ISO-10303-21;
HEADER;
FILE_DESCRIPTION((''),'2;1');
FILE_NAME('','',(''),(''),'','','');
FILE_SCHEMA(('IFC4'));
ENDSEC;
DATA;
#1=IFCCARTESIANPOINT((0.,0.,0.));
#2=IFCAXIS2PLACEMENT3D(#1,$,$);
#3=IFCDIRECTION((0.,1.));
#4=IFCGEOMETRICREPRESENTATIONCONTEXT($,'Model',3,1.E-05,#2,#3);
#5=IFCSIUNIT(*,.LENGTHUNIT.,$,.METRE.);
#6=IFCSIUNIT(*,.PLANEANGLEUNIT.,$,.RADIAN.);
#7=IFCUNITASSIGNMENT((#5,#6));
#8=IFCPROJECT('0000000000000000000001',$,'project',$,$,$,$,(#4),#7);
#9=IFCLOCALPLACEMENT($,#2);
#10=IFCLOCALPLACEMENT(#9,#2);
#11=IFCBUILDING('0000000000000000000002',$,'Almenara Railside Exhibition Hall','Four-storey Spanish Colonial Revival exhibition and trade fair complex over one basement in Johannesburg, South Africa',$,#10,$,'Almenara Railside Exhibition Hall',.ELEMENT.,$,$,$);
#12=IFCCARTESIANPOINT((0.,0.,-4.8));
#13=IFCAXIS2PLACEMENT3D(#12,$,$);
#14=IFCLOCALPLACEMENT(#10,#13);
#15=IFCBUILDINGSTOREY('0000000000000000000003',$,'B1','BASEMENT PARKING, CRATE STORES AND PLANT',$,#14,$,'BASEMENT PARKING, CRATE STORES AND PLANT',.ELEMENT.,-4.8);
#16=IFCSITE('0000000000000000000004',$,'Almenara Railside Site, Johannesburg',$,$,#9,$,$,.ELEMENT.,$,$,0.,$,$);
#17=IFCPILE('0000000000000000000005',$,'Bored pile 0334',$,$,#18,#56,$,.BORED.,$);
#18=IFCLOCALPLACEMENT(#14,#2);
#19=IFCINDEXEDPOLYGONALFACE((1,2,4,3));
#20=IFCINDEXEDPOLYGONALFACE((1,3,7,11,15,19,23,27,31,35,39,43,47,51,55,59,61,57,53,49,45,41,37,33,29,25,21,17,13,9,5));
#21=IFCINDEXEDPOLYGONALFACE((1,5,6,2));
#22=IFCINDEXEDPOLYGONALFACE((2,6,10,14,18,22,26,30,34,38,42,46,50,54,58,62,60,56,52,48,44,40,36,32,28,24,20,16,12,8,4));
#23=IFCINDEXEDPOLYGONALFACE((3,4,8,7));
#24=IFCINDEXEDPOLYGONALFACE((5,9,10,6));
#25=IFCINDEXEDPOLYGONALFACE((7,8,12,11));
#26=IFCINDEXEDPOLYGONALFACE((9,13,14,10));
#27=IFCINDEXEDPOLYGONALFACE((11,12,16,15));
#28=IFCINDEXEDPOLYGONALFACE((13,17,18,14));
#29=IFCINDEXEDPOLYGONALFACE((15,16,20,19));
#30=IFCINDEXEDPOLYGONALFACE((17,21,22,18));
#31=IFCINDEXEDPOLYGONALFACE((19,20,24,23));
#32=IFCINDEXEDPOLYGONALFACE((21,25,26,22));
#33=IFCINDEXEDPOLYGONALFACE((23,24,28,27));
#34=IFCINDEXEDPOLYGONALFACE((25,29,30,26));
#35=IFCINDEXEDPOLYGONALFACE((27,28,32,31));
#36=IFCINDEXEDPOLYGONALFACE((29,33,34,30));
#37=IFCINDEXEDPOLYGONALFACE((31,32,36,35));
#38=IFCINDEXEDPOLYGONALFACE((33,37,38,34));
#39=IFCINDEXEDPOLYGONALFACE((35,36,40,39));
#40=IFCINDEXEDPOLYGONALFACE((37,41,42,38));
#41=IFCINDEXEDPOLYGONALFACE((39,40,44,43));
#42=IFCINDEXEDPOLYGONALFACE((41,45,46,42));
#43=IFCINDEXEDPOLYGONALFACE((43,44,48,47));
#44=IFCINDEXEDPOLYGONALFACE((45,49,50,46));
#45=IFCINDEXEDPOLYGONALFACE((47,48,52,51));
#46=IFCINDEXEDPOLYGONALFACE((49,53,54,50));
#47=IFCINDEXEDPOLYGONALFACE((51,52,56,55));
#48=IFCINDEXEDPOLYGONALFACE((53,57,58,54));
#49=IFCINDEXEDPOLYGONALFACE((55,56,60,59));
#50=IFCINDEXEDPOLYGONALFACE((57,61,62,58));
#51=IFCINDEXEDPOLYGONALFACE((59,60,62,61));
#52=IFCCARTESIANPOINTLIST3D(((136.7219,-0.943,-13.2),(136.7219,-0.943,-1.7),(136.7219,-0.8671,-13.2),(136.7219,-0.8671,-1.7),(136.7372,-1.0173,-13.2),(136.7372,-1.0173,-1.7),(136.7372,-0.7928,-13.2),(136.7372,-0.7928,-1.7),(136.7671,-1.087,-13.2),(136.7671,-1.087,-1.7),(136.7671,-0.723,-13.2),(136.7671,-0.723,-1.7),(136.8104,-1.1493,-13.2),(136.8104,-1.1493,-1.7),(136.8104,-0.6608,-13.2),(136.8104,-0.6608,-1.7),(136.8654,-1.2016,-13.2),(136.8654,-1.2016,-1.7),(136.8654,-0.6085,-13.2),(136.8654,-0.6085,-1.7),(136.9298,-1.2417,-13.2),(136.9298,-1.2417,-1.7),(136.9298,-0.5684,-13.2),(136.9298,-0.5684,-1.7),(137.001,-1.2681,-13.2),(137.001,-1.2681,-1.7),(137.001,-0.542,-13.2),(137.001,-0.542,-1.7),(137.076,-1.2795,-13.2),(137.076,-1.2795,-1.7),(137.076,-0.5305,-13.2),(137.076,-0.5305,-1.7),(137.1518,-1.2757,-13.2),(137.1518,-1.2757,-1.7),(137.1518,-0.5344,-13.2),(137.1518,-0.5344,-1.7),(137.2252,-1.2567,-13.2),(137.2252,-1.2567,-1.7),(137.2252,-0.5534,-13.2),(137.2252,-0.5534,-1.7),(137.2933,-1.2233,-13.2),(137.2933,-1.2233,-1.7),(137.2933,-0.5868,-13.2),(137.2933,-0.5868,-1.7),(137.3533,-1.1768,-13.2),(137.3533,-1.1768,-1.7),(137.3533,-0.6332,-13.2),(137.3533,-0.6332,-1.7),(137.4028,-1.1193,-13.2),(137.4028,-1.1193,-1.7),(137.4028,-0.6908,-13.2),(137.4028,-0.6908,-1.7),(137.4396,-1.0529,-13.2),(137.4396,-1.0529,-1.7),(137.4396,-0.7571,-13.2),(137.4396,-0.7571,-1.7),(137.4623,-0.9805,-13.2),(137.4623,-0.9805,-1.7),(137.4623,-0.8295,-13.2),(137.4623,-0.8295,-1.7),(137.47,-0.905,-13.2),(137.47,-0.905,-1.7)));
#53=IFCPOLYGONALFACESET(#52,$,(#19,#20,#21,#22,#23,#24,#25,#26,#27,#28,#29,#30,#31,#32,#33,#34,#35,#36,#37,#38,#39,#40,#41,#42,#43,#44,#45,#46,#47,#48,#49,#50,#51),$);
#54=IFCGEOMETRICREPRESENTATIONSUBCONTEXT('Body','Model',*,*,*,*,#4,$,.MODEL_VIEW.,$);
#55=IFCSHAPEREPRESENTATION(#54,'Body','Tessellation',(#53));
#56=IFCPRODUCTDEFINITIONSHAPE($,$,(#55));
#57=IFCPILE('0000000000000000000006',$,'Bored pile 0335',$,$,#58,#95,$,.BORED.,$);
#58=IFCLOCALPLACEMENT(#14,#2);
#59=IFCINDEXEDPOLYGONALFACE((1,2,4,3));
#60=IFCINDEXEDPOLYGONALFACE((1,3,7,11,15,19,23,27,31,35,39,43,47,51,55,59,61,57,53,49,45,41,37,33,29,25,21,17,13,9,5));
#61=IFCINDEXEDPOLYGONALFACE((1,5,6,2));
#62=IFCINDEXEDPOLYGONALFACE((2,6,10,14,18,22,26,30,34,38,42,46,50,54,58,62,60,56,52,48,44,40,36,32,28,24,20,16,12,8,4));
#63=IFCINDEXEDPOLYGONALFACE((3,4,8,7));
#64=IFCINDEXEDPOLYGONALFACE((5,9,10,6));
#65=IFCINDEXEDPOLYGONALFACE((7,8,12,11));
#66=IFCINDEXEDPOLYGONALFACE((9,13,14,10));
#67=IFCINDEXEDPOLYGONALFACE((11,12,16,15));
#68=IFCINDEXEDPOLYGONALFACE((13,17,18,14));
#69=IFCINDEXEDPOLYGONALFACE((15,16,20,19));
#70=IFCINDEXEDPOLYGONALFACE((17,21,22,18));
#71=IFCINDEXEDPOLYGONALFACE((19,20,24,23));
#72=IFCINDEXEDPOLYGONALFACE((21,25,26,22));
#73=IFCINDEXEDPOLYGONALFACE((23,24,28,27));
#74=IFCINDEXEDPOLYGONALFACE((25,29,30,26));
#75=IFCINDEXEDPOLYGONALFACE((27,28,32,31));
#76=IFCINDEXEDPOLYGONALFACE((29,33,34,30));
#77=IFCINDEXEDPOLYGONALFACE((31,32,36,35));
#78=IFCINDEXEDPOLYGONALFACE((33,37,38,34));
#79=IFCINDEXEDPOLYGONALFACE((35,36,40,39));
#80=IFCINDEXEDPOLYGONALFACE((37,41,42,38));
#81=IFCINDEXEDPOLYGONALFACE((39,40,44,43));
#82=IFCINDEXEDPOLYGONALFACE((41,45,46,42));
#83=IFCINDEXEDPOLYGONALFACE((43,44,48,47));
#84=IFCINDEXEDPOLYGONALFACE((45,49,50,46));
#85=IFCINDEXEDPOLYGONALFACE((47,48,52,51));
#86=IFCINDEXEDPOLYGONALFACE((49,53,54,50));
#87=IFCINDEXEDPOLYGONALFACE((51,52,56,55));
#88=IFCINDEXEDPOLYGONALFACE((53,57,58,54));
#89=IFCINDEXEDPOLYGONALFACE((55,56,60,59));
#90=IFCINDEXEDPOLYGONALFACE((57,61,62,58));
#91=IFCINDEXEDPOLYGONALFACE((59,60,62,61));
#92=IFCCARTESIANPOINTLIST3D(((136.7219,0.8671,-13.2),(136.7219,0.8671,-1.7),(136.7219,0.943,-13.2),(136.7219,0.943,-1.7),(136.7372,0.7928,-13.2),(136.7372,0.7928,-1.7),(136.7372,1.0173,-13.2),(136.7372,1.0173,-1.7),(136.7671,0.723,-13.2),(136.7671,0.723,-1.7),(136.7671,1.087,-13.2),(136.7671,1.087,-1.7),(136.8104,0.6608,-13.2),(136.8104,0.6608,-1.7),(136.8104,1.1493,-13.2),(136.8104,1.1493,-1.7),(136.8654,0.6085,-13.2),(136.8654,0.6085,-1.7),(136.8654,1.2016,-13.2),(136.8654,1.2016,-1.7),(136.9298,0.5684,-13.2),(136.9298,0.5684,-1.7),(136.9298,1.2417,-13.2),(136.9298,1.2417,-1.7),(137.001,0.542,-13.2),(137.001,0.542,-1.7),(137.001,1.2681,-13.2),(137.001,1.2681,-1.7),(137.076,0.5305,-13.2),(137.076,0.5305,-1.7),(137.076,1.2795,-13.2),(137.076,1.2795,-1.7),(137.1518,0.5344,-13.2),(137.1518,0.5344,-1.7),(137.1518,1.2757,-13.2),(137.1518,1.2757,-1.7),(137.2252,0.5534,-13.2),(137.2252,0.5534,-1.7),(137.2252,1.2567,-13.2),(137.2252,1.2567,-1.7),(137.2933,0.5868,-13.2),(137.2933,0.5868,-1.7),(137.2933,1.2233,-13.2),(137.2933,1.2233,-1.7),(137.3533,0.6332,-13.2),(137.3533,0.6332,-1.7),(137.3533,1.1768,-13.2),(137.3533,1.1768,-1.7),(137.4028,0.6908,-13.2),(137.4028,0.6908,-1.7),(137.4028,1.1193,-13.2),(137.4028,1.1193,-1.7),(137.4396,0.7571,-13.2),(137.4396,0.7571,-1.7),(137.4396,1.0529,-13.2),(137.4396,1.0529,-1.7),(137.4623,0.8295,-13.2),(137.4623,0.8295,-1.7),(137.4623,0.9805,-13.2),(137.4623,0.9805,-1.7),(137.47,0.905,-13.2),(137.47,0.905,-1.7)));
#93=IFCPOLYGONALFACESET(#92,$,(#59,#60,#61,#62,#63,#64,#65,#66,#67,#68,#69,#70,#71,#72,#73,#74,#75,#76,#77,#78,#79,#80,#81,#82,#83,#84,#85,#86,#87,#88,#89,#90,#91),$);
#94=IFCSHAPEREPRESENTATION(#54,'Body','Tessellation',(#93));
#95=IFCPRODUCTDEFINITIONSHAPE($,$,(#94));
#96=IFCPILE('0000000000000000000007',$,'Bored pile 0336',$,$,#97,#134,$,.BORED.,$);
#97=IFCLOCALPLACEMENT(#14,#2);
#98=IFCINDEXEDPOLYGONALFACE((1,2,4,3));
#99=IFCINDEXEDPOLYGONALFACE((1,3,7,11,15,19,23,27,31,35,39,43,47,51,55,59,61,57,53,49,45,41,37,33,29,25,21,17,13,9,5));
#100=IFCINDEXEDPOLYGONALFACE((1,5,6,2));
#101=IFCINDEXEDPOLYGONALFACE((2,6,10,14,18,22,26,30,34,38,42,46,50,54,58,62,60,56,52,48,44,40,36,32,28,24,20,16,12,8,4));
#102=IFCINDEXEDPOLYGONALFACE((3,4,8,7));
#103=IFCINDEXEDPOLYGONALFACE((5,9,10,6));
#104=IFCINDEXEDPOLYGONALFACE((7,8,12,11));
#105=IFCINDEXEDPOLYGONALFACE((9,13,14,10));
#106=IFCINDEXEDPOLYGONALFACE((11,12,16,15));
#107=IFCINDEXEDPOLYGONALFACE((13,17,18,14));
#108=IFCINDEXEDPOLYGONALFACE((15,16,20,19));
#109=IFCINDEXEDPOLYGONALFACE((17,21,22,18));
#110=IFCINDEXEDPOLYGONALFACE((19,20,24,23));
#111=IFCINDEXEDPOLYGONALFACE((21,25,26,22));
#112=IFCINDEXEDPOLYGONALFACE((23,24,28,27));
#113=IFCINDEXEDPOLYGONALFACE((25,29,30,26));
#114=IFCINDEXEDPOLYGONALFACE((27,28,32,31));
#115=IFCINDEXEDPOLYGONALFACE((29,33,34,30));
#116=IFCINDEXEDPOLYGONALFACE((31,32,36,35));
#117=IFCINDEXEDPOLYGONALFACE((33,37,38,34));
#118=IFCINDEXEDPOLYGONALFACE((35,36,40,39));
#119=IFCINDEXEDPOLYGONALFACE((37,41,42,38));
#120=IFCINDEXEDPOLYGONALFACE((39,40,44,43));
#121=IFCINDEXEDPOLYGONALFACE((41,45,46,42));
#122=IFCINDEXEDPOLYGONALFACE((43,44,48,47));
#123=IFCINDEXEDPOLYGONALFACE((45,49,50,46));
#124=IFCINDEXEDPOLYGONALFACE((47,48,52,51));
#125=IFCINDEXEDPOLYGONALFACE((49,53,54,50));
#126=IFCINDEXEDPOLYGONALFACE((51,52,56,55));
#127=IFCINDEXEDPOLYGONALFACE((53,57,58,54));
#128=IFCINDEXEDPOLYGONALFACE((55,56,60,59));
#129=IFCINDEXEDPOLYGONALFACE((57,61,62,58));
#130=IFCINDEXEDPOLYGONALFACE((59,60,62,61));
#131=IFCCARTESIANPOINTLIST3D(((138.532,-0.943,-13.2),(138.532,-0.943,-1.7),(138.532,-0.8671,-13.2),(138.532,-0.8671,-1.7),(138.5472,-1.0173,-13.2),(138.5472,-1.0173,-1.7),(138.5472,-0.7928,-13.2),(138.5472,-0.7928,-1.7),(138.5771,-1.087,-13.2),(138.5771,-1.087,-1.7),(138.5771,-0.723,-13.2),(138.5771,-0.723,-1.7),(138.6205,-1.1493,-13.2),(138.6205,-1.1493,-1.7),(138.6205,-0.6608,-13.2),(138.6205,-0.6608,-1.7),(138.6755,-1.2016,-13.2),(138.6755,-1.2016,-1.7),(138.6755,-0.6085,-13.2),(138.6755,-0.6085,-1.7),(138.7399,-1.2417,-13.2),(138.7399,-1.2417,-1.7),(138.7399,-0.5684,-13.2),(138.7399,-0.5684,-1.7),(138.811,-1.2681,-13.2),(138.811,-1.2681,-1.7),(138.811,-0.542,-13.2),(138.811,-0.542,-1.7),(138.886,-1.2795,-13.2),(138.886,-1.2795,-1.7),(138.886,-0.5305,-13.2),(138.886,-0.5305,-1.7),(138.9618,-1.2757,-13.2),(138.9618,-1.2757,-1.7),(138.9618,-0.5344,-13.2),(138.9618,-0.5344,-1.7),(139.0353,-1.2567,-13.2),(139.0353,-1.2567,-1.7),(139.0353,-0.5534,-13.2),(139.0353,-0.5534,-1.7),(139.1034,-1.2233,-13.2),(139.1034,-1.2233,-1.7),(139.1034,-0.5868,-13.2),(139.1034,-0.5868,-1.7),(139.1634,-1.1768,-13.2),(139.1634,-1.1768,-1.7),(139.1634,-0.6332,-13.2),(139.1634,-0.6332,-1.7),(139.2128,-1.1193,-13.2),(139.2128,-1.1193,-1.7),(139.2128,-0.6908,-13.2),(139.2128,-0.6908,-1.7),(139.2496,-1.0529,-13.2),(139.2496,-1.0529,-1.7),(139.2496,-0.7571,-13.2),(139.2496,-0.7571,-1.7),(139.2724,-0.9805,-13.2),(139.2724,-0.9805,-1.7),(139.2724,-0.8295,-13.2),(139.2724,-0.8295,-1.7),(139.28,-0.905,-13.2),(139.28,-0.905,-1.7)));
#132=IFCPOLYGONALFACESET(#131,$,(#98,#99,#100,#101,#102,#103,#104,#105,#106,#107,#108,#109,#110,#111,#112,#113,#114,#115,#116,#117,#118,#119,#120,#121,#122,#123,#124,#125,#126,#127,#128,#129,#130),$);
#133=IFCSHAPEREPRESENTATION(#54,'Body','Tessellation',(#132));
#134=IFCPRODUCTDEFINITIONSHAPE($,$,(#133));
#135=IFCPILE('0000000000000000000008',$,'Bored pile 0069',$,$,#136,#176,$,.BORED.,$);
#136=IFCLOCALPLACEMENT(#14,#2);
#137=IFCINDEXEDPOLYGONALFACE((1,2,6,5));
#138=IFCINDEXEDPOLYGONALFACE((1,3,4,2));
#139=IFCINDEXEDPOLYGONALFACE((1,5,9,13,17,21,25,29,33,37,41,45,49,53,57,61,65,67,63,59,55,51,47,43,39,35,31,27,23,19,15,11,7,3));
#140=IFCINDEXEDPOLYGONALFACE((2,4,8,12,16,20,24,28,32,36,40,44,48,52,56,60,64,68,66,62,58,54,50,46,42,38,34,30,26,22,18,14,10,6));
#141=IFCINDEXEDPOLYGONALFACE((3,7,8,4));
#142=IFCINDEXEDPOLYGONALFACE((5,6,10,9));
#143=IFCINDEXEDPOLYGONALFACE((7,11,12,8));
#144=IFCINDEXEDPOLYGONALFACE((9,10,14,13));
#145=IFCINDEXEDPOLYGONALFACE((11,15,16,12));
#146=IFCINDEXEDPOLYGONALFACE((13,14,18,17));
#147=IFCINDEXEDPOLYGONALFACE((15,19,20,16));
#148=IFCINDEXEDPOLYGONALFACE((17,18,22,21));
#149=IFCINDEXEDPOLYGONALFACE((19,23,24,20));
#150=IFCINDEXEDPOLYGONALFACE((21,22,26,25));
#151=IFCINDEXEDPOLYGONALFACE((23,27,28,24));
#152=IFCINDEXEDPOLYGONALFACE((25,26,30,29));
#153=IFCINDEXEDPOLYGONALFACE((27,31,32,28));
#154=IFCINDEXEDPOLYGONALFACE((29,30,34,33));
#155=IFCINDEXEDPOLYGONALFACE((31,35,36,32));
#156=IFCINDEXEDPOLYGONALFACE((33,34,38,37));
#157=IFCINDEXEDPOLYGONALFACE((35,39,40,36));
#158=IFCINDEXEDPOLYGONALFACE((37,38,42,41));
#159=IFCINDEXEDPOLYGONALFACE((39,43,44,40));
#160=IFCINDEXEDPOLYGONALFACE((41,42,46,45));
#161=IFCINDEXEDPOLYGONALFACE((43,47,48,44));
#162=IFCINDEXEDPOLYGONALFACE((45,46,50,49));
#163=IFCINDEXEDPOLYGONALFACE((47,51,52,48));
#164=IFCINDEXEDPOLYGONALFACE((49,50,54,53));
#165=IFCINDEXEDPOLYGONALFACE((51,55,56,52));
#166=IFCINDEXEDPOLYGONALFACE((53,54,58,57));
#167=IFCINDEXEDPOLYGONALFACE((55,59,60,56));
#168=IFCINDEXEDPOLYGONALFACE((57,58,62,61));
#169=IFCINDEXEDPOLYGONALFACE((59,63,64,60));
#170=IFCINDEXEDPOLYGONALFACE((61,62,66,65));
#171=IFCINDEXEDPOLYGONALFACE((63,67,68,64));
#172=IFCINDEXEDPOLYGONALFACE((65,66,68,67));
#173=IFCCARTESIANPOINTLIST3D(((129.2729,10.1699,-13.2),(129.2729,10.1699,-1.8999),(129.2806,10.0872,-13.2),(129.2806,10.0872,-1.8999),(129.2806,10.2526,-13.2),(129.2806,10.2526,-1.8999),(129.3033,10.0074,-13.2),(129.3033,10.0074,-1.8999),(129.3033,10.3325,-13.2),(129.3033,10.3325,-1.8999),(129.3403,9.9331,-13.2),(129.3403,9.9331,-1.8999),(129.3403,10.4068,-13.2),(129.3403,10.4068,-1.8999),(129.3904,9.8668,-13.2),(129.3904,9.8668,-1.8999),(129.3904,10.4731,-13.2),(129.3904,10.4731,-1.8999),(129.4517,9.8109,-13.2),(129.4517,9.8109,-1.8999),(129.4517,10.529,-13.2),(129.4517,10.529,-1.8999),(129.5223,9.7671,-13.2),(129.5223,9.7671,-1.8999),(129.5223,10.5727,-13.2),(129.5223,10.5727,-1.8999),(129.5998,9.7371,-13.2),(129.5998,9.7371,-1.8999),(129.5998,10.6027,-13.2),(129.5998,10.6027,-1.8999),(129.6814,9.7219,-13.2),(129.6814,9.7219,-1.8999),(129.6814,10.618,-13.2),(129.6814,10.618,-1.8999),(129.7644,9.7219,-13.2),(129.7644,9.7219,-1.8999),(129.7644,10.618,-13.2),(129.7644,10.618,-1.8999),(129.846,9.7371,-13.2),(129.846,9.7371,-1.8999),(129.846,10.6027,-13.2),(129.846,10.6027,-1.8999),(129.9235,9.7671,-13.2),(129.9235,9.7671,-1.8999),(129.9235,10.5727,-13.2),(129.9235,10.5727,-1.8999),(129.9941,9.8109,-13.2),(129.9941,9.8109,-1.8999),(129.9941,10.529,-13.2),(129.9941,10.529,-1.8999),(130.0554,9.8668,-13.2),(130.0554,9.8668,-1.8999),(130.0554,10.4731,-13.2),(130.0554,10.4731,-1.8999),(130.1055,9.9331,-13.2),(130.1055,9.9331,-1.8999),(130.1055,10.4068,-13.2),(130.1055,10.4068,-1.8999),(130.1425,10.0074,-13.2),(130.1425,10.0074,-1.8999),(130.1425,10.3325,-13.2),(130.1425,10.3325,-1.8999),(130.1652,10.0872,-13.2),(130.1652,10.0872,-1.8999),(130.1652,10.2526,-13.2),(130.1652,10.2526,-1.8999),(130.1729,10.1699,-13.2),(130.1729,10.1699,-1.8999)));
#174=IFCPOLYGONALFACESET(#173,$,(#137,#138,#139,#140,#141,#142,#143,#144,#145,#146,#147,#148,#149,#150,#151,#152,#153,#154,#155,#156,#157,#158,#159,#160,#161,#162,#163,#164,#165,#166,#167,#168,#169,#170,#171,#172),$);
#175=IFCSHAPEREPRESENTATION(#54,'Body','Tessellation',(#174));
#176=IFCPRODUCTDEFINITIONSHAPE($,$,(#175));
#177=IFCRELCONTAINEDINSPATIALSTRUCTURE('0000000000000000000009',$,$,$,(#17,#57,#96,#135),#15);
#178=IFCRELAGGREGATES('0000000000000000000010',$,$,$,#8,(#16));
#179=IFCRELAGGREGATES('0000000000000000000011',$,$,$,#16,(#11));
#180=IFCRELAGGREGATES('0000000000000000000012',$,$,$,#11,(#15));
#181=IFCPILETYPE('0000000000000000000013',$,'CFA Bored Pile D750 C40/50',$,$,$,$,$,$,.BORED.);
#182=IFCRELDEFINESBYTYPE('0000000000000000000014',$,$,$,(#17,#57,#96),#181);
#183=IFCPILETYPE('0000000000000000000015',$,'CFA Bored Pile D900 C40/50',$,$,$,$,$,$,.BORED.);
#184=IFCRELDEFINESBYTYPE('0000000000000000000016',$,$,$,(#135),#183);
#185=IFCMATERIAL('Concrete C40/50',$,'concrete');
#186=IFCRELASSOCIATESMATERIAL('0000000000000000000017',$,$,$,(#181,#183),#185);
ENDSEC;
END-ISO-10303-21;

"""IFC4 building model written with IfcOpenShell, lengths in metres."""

from ifc_helpers import new_model, si_unit, direction, frame, origin, origin_2d, place, context, subcontext, project, spatial, circle, extrude, material, material_profile, profile_set, type_object, element, save


model = new_model("IFC4")

# Units and contexts
model_context = context("Model", 3, precision=1e-05, world=origin(), true_north=direction((0.0, 1.0)))
body_context = subcontext(model_context, "Body", "Model", "MODEL_VIEW")
ifc_project = project(units=[si_unit("LENGTHUNIT", "METRE"), si_unit("PLANEANGLEUNIT", "RADIAN")], contexts=[model_context])

# Site, building, storey
site_placement = place(None, origin())
site = spatial("IfcSite", under=ifc_project, at=site_placement, Name="Almenara Railside Site, Johannesburg", CompositionType="ELEMENT", RefElevation=0.0)
building_placement = place(site_placement, origin())
building = spatial("IfcBuilding", under=site, at=building_placement, Name="Almenara Railside Exhibition Hall", Description="Four-storey Spanish Colonial Revival exhibition and trade fair complex over one basement in Johannesburg, South Africa", LongName="Almenara Railside Exhibition Hall", CompositionType="ELEMENT")
storey_placement = place(building_placement, frame((0.0, 0.0, -4.8)))
storey = spatial("IfcBuildingStorey", under=building, at=storey_placement, Name="B1", Description="BASEMENT PARKING, CRATE STORES AND PLANT", LongName="BASEMENT PARKING, CRATE STORES AND PLANT", CompositionType="ELEMENT", Elevation=-4.8)

# Piles
ifc_material_1 = material(Name="Concrete C40/50", Category="concrete")
ifc_material_profile_1 = material_profile(ifc_material_1, circle(Radius=0.375, at=origin_2d()), Name="CFA-PILE D750")
ifc_profile_set_1 = profile_set([ifc_material_profile_1], Name="Concrete C40/50")
pile_type_1 = type_object("IfcPileType", Name="CFA Bored Pile D750 C40/50", PredefinedType="BORED", material=ifc_profile_set_1)
for number, where, z_axis, x_axis, name in (
    (1, (137.095, -0.905, -1.7), (0.0, 0.0, -1.0), (1.0, 0.0, 0.0), "Bored pile 0334"),
    (2, (137.095, 0.905, -1.7), (0.0, 0.0, -1.0), (1.0, 0.0, 0.0), "Bored pile 0335"),
    (3, (138.905, -0.905, -1.7), (0.0, 0.0, -1.0), (1.0, 0.0, 0.0), "Bored pile 0336"),
):
    element("IfcPile", number, at=place(storey_placement, frame(where, z_axis=z_axis, x_axis=x_axis)), inside=storey, type_object=pile_type_1, Name=name, PredefinedType="BORED", context=body_context, shape_type="SweptSolid", body=[
        extrude(circle(Radius=0.375, at=origin_2d()), origin(), (0.0, 0.0, 1.0), 11.5),
    ])
ifc_material_profile_2 = material_profile(ifc_material_1, circle(Radius=0.45, at=origin_2d()), Name="CFA-PILE D900")
ifc_profile_set_2 = profile_set([ifc_material_profile_2], Name="Concrete C40/50")
pile_type_2 = type_object("IfcPileType", Name="CFA Bored Pile D900 C40/50", PredefinedType="BORED", material=ifc_profile_set_2)
for number, where, z_axis, x_axis, name in (
    (4, (129.7229, 10.1699, -1.8999), (0.0, 0.0, -1.0), (1.0, 0.0, 0.0), "Bored pile 0069"),
):
    element("IfcPile", number, at=place(storey_placement, frame(where, z_axis=z_axis, x_axis=x_axis)), inside=storey, type_object=pile_type_2, Name=name, PredefinedType="BORED", context=body_context, shape_type="SweptSolid", body=[
        extrude(circle(Radius=0.45, at=origin_2d()), origin(), (0.0, 0.0, 1.0), 11.3),
    ])

save(model, "model.ifc")
